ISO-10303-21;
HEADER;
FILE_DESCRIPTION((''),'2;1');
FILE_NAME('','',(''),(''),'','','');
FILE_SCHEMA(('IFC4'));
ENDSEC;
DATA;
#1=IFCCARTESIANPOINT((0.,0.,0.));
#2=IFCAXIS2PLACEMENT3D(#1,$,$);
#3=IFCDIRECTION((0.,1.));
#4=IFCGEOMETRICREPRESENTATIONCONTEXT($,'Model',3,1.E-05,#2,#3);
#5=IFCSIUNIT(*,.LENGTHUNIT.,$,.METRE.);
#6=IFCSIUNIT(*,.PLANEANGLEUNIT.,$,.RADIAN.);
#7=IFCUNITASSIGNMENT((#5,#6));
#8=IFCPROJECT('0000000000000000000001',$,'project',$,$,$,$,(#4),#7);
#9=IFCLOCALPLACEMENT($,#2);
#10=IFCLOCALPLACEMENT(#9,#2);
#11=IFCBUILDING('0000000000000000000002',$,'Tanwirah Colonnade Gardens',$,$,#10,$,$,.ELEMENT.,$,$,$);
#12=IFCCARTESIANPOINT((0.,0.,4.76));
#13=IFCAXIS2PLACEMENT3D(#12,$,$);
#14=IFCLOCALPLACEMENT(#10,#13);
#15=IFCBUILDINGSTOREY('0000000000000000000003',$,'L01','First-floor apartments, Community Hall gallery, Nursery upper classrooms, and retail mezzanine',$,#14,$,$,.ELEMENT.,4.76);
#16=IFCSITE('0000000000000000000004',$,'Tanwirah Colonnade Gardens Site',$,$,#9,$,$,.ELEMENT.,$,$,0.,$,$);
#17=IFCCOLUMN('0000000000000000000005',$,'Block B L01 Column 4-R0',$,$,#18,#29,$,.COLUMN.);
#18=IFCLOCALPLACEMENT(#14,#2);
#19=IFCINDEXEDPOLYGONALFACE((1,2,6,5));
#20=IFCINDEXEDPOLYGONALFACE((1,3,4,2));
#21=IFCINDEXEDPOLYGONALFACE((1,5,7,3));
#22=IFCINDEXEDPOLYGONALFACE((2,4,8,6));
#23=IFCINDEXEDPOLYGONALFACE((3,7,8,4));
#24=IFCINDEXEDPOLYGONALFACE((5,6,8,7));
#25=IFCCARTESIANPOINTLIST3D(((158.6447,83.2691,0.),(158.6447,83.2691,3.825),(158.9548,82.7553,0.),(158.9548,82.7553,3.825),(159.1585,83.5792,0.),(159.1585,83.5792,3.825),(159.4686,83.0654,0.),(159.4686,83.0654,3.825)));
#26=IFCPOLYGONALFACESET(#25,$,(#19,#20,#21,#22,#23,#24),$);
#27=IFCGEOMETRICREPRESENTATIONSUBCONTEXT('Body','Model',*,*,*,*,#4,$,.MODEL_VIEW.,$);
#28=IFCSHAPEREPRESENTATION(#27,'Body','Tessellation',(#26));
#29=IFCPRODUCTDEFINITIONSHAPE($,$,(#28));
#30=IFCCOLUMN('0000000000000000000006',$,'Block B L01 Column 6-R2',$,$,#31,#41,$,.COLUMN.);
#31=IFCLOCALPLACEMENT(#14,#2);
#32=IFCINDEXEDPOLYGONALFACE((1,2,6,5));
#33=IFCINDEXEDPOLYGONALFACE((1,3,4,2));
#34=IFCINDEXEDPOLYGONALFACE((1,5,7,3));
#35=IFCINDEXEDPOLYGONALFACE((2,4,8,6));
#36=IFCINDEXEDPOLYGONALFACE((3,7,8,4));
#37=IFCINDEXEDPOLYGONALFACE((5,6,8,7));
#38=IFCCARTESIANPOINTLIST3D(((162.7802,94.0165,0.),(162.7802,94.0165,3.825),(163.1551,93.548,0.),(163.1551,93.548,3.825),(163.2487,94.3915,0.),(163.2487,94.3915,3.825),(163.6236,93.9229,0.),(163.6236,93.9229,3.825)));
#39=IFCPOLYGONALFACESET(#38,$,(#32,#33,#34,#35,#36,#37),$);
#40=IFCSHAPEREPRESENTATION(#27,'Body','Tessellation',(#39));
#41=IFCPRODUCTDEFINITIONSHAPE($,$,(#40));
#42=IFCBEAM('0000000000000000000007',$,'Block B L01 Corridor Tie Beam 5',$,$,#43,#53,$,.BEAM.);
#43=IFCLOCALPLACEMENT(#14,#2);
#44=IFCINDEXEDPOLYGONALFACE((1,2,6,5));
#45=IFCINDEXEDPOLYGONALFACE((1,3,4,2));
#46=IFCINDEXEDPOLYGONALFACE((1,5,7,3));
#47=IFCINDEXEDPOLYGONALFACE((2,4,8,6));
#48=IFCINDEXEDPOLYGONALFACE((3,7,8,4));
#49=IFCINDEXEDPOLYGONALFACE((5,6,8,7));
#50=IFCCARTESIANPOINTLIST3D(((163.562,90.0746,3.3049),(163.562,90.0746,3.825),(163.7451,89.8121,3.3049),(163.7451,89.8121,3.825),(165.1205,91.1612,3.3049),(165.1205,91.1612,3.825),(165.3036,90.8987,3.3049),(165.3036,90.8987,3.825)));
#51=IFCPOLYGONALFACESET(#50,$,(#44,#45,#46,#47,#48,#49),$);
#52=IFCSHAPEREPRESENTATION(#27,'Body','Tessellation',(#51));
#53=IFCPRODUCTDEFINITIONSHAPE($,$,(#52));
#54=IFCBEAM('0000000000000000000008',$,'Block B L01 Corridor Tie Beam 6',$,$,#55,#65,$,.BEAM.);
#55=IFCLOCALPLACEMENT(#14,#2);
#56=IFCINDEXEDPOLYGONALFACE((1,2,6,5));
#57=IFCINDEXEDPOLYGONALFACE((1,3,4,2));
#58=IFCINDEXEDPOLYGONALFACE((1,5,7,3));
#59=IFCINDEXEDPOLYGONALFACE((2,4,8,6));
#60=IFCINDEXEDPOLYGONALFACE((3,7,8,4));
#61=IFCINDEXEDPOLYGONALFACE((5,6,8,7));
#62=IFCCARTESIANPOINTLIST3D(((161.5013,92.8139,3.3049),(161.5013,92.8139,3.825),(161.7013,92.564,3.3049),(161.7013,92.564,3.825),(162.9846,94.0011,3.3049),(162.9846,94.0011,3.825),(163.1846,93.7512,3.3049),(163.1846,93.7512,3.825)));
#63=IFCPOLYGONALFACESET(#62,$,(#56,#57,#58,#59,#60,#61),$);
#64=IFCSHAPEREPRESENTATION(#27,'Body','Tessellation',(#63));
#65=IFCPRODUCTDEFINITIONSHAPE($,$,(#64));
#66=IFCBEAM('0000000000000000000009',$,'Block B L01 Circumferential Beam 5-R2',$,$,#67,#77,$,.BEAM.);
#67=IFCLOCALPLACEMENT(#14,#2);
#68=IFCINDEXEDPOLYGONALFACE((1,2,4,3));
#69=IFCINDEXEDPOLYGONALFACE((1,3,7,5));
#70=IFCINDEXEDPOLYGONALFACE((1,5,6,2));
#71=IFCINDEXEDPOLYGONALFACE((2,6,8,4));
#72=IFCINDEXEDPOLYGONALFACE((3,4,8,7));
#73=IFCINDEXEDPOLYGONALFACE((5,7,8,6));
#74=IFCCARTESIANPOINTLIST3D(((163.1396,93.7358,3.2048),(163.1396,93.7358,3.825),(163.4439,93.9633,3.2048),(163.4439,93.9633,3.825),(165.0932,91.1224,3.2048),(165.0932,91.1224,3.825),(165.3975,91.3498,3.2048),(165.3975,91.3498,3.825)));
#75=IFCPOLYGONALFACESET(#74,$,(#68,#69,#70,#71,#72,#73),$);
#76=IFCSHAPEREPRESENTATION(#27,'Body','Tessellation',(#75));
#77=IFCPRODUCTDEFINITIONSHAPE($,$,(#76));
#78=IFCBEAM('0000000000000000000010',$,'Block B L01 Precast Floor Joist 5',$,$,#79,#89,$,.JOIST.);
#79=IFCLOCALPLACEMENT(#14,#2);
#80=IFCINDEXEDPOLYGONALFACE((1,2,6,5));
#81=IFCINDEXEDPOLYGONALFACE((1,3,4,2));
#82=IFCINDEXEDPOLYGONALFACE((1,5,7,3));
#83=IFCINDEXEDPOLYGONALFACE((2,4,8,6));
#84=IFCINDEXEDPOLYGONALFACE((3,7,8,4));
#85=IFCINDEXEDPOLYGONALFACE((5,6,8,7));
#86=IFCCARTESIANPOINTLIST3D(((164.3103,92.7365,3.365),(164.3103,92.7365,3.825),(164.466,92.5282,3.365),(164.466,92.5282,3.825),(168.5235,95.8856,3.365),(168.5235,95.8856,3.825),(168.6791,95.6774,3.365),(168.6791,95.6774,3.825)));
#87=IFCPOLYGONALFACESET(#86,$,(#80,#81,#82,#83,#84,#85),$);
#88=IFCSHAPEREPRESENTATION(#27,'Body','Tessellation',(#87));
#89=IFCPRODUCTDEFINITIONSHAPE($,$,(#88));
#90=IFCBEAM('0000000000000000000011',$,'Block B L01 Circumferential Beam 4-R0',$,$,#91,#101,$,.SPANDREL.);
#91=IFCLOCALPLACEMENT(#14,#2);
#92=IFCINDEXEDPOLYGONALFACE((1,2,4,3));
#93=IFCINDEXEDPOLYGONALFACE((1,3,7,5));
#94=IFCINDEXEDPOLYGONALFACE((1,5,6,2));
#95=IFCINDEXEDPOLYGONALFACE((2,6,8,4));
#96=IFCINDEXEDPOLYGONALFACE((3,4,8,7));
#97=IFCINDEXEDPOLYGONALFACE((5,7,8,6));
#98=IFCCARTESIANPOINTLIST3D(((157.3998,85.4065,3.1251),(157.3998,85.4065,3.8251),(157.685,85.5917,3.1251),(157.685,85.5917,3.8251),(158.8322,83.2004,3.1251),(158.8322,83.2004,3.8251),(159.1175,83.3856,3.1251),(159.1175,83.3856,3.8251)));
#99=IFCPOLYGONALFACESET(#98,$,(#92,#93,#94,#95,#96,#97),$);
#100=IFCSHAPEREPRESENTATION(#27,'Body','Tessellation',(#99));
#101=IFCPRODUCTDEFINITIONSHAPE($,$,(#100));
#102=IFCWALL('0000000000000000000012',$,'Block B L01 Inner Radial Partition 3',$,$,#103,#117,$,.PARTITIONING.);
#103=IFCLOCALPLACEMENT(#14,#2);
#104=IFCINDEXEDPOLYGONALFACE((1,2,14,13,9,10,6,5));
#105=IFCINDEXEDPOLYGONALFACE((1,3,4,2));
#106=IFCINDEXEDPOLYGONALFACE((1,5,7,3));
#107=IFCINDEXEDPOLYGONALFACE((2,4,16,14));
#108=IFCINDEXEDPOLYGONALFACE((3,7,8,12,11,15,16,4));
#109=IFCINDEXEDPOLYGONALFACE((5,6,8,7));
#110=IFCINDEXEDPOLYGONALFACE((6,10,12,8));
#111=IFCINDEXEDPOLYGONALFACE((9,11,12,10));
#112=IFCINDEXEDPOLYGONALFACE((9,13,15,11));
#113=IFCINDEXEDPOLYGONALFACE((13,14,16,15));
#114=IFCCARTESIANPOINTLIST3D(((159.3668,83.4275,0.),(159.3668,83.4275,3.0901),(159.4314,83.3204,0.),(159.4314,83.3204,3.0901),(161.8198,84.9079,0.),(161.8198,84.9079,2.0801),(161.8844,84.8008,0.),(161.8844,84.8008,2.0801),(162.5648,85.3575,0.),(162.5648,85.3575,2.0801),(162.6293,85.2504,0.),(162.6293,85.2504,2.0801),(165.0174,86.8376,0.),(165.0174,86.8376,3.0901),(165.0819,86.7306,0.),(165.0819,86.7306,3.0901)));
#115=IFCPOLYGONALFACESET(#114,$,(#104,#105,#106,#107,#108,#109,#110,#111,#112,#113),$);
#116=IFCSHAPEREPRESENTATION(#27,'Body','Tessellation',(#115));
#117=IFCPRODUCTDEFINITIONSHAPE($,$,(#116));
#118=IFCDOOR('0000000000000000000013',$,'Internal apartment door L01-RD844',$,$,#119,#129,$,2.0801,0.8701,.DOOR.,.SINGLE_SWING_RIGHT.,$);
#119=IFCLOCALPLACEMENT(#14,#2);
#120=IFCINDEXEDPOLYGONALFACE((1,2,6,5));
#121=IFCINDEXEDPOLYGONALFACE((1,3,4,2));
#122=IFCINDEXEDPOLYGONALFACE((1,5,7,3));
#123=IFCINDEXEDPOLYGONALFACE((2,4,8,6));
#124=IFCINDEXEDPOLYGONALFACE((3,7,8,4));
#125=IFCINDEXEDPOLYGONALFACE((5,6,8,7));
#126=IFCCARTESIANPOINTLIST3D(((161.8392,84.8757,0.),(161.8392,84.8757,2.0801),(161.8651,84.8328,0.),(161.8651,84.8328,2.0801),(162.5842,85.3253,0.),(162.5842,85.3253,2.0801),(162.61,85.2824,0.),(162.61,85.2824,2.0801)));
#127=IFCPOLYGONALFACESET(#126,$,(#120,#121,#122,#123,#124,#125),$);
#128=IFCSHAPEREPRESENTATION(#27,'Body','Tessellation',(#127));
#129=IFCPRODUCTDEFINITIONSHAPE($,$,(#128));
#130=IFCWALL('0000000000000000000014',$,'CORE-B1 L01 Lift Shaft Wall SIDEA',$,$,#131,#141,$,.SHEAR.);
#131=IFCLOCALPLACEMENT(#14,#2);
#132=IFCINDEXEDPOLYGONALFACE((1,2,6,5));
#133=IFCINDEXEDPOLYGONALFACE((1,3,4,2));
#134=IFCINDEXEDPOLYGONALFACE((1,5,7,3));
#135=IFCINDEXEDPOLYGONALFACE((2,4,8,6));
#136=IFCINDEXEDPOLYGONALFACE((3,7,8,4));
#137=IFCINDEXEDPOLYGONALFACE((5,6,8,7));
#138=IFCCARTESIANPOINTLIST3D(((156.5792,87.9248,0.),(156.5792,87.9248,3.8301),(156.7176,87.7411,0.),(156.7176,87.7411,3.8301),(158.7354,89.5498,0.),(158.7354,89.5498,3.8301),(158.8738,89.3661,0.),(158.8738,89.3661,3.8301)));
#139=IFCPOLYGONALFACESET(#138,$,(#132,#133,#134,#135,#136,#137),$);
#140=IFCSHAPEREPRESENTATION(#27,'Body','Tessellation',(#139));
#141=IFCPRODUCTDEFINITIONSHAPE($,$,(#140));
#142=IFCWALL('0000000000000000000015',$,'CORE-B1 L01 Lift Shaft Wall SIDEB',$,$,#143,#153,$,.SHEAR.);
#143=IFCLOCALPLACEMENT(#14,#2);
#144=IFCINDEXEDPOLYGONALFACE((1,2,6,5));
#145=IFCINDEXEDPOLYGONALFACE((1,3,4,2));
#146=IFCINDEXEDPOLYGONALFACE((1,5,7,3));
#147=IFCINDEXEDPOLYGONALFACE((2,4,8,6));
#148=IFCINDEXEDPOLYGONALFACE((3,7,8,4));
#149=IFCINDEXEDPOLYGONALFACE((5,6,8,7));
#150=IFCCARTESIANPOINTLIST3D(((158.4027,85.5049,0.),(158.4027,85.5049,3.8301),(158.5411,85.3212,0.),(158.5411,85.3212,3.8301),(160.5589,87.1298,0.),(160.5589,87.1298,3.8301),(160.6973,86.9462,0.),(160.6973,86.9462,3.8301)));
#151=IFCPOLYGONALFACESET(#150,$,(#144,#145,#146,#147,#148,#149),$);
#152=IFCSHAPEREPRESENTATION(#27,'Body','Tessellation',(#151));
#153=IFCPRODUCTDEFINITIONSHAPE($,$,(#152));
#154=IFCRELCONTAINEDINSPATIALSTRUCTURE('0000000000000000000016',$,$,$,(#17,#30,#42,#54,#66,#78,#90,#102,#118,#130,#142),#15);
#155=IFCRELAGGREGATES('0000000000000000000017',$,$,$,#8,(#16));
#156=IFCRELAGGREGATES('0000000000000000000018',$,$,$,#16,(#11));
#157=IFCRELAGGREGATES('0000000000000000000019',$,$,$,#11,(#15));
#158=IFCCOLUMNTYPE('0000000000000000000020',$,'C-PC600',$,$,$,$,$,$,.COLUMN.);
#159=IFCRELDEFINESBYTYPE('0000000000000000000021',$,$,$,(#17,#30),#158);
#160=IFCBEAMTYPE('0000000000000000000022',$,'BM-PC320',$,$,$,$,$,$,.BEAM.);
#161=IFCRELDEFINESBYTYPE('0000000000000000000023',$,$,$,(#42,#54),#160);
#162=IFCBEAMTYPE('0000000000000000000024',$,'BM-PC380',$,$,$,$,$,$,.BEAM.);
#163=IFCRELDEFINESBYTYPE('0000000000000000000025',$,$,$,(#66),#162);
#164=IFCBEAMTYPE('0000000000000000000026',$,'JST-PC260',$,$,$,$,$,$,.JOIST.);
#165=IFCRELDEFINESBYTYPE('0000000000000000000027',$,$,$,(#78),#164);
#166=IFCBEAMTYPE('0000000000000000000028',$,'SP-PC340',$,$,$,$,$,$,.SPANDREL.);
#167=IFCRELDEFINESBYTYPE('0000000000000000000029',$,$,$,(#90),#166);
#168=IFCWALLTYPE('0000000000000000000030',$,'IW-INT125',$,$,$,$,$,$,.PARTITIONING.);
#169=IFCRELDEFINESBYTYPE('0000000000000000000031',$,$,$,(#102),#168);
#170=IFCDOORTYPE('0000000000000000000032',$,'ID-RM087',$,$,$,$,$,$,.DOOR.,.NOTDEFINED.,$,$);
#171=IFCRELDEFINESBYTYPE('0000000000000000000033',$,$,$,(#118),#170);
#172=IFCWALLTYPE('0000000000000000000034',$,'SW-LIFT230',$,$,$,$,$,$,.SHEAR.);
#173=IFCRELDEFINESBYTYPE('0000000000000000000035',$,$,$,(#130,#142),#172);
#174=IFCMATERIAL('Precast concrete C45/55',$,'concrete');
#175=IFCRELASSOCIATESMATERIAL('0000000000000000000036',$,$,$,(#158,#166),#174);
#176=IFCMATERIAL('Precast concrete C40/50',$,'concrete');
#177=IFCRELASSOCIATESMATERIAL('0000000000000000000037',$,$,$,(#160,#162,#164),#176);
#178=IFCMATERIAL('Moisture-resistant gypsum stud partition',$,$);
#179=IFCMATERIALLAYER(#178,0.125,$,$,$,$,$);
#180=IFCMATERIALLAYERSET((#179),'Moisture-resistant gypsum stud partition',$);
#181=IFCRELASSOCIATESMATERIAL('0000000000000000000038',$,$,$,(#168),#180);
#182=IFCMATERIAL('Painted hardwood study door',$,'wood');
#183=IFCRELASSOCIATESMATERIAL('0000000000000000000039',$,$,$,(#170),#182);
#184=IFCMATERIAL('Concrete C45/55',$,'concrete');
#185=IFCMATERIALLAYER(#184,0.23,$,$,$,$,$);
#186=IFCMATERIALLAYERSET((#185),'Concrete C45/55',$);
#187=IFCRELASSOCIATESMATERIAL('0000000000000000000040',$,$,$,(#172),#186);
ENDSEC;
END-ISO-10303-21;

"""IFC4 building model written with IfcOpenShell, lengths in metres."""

from ifc_helpers import new_model, si_unit, direction, frame, frame_2d, origin, origin_2d, place, context, subcontext, project, spatial, rectangle, extrude, material, layer, layer_set, material_profile, profile_set, type_object, element, fill, save


model = new_model("IFC4")

# Units and contexts
model_context = context("Model", 3, precision=1e-05, world=origin(), true_north=direction((0.0, 1.0)))
body_context = subcontext(model_context, "Body", "Model", "MODEL_VIEW")
ifc_project = project(units=[si_unit("LENGTHUNIT", "METRE"), si_unit("PLANEANGLEUNIT", "RADIAN")], contexts=[model_context])

# Site, building, storey
site_placement = place(None, origin())
site = spatial("IfcSite", under=ifc_project, at=site_placement, Name="Tanwirah Colonnade Gardens Site", CompositionType="ELEMENT", RefElevation=0.0)
building_placement = place(site_placement, origin())
building = spatial("IfcBuilding", under=site, at=building_placement, Name="Tanwirah Colonnade Gardens", CompositionType="ELEMENT")
storey_placement = place(building_placement, frame((0.0, 0.0, 4.76)))
storey = spatial("IfcBuildingStorey", under=building, at=storey_placement, Name="L01", Description="First-floor apartments, Community Hall gallery, Nursery upper classrooms, and retail mezzanine", CompositionType="ELEMENT", Elevation=4.76)

# Columns
ifc_material_1 = material(Name="Precast concrete C45/55", Category="concrete")
ifc_material_profile_1 = material_profile(ifc_material_1, rectangle(XDim=0.6001, YDim=0.6001, at=origin_2d()), Name="PC-COL 600x600")
ifc_profile_set_1 = profile_set([ifc_material_profile_1], Name="Precast concrete C45/55")
column_type = type_object("IfcColumnType", Name="C-PC600", PredefinedType="COLUMN", material=ifc_profile_set_1)
for number, where, z_axis, x_axis, name in (
    (1, (159.0566, 83.1672, 0.0), (0.0, 0.0, 1.0), (0.856167, 0.516699, 0.0), "Block B L01 Column 4-R0"),
    (2, (163.2019, 93.9697, 0.0), (0.0, 0.0, 1.0), (0.780794, 0.624789, 0.0), "Block B L01 Column 6-R2"),
):
    element("IfcColumn", number, at=place(storey_placement, frame(where, z_axis=z_axis, x_axis=x_axis)), inside=storey, type_object=column_type, Name=name, PredefinedType="COLUMN", context=body_context, shape_type="SweptSolid", body=[
        extrude(rectangle(XDim=0.6001, YDim=0.6001, at=origin_2d()), origin(), (0.0, 0.0, 1.0), 3.825),
    ])

# Beams
ifc_material_2 = material(Name="Precast concrete C40/50", Category="concrete")
ifc_material_profile_2 = material_profile(ifc_material_2, rectangle(XDim=0.3201, YDim=0.52, at=origin_2d()), Name="PC-BM 320x520")
ifc_profile_set_2 = profile_set([ifc_material_profile_2], Name="Precast concrete C40/50")
beam_type_1 = type_object("IfcBeamType", Name="BM-PC320", PredefinedType="BEAM", material=ifc_profile_set_2)
for number, where, z_axis, x_axis, name in (
    (3, (163.6536, 89.9434, 3.5649), (0.820305, 0.571926, 0.0), (-0.571926, 0.820305, 0.0), "Block B L01 Corridor Tie Beam 5"),
    (4, (161.6013, 92.689, 3.5649), (0.780731, 0.624867, 0.0), (-0.624867, 0.780731, 0.0), "Block B L01 Corridor Tie Beam 6"),
):
    element("IfcBeam", number, at=place(storey_placement, frame(where, z_axis=z_axis, x_axis=x_axis)), inside=storey, type_object=beam_type_1, Name=name, PredefinedType="BEAM", context=body_context, shape_type="SweptSolid", body=[
        extrude(rectangle(XDim=0.3201, YDim=0.52, at=origin_2d()), origin(), (0.0, 0.0, 1.0), 1.8999),
    ])
ifc_material_profile_3 = material_profile(ifc_material_2, rectangle(XDim=0.3799, YDim=0.6201, at=origin_2d()), Name="PC-BM 380x620")
ifc_profile_set_3 = profile_set([ifc_material_profile_3], Name="Precast concrete C40/50")
beam_type_2 = type_object("IfcBeamType", Name="BM-PC380", PredefinedType="BEAM", material=ifc_profile_set_3)
beam_1_placement = place(storey_placement, frame((165.2454, 91.2361, 3.5149), z_axis=(-0.598718, 0.80096, 0.0), x_axis=(-0.80096, -0.598718, 0.0)))
element("IfcBeam", 5, at=beam_1_placement, inside=storey, type_object=beam_type_2, Name="Block B L01 Circumferential Beam 5-R2", PredefinedType="BEAM", context=body_context, shape_type="SweptSolid", body=[
    extrude(rectangle(XDim=0.3799, YDim=0.6201, at=origin_2d()), origin(), (0.0, 0.0, 1.0), 3.2629),
])
ifc_material_profile_4 = material_profile(ifc_material_2, rectangle(XDim=0.26, YDim=0.46, at=origin_2d()), Name="PC-JST 260x460")
ifc_profile_set_4 = profile_set([ifc_material_profile_4], Name="Precast concrete C40/50")
beam_type_3 = type_object("IfcBeamType", Name="JST-PC260", PredefinedType="JOIST", material=ifc_profile_set_4)
beam_2_placement = place(storey_placement, frame((164.3882, 92.6323, 3.595), z_axis=(0.800974, 0.5987, 0.0), x_axis=(-0.5987, 0.800974, 0.0)))
element("IfcBeam", 6, at=beam_2_placement, inside=storey, type_object=beam_type_3, Name="Block B L01 Precast Floor Joist 5", PredefinedType="JOIST", context=body_context, shape_type="SweptSolid", body=[
    extrude(rectangle(XDim=0.26, YDim=0.46, at=origin_2d()), origin(), (0.0, 0.0, 1.0), 5.26),
])
ifc_material_profile_5 = material_profile(ifc_material_1, rectangle(XDim=0.3401, YDim=0.7, at=origin_2d()), Name="PC-SP 340x700")
ifc_profile_set_5 = profile_set([ifc_material_profile_5], Name="Precast concrete C45/55")
beam_type_4 = type_object("IfcBeamType", Name="SP-PC340", PredefinedType="SPANDREL", material=ifc_profile_set_5)
beam_3_placement = place(storey_placement, frame((158.9749, 83.293, 3.4751), z_axis=(-0.544571, 0.838715, 0.0), x_axis=(-0.838715, -0.544571, 0.0)))
element("IfcBeam", 7, at=beam_3_placement, inside=storey, type_object=beam_type_4, Name="Block B L01 Circumferential Beam 4-R0", PredefinedType="SPANDREL", context=body_context, shape_type="SweptSolid", body=[
    extrude(rectangle(XDim=0.3401, YDim=0.7, at=origin_2d()), origin(), (0.0, 0.0, 1.0), 2.6304),
])

# Wall, opening, door
ifc_material_3 = material(Name="Moisture-resistant gypsum stud partition")
ifc_layer_1 = layer(ifc_material_3, 0.125)
ifc_layer_set_1 = layer_set([ifc_layer_1], Name="Moisture-resistant gypsum stud partition")
wall_type_1 = type_object("IfcWallType", Name="IW-INT125", PredefinedType="PARTITIONING", material=ifc_layer_set_1)
wall_1_placement = place(storey_placement, frame((159.3992, 83.374, 0.0), z_axis=(0.0, 0.0, 1.0), x_axis=(0.856168, 0.516697, 0.0)))
wall_1 = element("IfcWall", 8, at=wall_1_placement, inside=storey, type_object=wall_type_1, Name="Block B L01 Inner Radial Partition 3", PredefinedType="PARTITIONING", context=body_context, shape_type="SweptSolid", body=[
    extrude(rectangle(XDim=6.5999, YDim=0.125, at=frame_2d((3.2998, 0.0))), origin(), (0.0, 0.0, 1.0), 3.0901),
])
opening_1_placement = place(wall_1_placement, frame((2.865, 0.0, 0.0)))
opening_1 = element("IfcOpeningElement", 9, at=opening_1_placement, cuts=wall_1, PredefinedType="OPENING", context=body_context, shape_type="SweptSolid", body=[
    extrude(rectangle(XDim=0.8701, YDim=2.0801, at=frame_2d((0.4351, 1.04))), frame((0.0, 0.0725, 0.0), z_axis=(0.0, -1.0, 0.0), x_axis=(1.0, 0.0, 0.0)), (0.0, 0.0, 1.0), 0.145),
])
ifc_material_4 = material(Name="Painted hardwood study door", Category="wood")
door_type_1 = type_object("IfcDoorType", Name="ID-RM087", OperationType="NOTDEFINED", PredefinedType="DOOR", material=ifc_material_4)
door_1_placement = place(opening_1_placement, origin())
door_1 = element("IfcDoor", 10, at=door_1_placement, inside=storey, type_object=door_type_1, Name="Internal apartment door L01-RD844", OperationType="SINGLE_SWING_RIGHT", OverallHeight=2.0801, OverallWidth=0.8701, PredefinedType="DOOR", context=body_context, shape_type="SweptSolid", body=[
    extrude(rectangle(XDim=0.8701, YDim=2.0801, at=frame_2d((0.4351, 1.04))), frame((0.0, 0.0249, 0.0), z_axis=(0.0, -1.0, 0.0), x_axis=(1.0, 0.0, 0.0)), (0.0, 0.0, 1.0), 0.05),
])
fill(opening_1, door_1)
ifc_material_5 = material(Name="Concrete C45/55", Category="concrete")
ifc_layer_2 = layer(ifc_material_5, 0.23)
ifc_layer_set_2 = layer_set([ifc_layer_2], Name="Concrete C45/55")
wall_type_2 = type_object("IfcWallType", Name="SW-LIFT230", PredefinedType="SHEAR", material=ifc_layer_set_2)

# Walls
for number, where, z_axis, x_axis, name in (
    (11, (158.8047, 89.458, 0.0), (0.0, 0.0, 1.0), (-0.798609, -0.60185, 0.0), "CORE-B1 L01 Lift Shaft Wall SIDEA"),
    (12, (160.6282, 87.0381, 0.0), (0.0, 0.0, 1.0), (-0.798609, -0.60185, 0.0), "CORE-B1 L01 Lift Shaft Wall SIDEB"),
):
    element("IfcWall", number, at=place(storey_placement, frame(where, z_axis=z_axis, x_axis=x_axis)), inside=storey, type_object=wall_type_2, Name=name, PredefinedType="SHEAR", context=body_context, shape_type="SweptSolid", body=[
        extrude(rectangle(XDim=2.7, YDim=0.23, at=frame_2d((1.3501, 0.0))), origin(), (0.0, 0.0, 1.0), 3.8301),
    ])

save(model, "model.ifc")
